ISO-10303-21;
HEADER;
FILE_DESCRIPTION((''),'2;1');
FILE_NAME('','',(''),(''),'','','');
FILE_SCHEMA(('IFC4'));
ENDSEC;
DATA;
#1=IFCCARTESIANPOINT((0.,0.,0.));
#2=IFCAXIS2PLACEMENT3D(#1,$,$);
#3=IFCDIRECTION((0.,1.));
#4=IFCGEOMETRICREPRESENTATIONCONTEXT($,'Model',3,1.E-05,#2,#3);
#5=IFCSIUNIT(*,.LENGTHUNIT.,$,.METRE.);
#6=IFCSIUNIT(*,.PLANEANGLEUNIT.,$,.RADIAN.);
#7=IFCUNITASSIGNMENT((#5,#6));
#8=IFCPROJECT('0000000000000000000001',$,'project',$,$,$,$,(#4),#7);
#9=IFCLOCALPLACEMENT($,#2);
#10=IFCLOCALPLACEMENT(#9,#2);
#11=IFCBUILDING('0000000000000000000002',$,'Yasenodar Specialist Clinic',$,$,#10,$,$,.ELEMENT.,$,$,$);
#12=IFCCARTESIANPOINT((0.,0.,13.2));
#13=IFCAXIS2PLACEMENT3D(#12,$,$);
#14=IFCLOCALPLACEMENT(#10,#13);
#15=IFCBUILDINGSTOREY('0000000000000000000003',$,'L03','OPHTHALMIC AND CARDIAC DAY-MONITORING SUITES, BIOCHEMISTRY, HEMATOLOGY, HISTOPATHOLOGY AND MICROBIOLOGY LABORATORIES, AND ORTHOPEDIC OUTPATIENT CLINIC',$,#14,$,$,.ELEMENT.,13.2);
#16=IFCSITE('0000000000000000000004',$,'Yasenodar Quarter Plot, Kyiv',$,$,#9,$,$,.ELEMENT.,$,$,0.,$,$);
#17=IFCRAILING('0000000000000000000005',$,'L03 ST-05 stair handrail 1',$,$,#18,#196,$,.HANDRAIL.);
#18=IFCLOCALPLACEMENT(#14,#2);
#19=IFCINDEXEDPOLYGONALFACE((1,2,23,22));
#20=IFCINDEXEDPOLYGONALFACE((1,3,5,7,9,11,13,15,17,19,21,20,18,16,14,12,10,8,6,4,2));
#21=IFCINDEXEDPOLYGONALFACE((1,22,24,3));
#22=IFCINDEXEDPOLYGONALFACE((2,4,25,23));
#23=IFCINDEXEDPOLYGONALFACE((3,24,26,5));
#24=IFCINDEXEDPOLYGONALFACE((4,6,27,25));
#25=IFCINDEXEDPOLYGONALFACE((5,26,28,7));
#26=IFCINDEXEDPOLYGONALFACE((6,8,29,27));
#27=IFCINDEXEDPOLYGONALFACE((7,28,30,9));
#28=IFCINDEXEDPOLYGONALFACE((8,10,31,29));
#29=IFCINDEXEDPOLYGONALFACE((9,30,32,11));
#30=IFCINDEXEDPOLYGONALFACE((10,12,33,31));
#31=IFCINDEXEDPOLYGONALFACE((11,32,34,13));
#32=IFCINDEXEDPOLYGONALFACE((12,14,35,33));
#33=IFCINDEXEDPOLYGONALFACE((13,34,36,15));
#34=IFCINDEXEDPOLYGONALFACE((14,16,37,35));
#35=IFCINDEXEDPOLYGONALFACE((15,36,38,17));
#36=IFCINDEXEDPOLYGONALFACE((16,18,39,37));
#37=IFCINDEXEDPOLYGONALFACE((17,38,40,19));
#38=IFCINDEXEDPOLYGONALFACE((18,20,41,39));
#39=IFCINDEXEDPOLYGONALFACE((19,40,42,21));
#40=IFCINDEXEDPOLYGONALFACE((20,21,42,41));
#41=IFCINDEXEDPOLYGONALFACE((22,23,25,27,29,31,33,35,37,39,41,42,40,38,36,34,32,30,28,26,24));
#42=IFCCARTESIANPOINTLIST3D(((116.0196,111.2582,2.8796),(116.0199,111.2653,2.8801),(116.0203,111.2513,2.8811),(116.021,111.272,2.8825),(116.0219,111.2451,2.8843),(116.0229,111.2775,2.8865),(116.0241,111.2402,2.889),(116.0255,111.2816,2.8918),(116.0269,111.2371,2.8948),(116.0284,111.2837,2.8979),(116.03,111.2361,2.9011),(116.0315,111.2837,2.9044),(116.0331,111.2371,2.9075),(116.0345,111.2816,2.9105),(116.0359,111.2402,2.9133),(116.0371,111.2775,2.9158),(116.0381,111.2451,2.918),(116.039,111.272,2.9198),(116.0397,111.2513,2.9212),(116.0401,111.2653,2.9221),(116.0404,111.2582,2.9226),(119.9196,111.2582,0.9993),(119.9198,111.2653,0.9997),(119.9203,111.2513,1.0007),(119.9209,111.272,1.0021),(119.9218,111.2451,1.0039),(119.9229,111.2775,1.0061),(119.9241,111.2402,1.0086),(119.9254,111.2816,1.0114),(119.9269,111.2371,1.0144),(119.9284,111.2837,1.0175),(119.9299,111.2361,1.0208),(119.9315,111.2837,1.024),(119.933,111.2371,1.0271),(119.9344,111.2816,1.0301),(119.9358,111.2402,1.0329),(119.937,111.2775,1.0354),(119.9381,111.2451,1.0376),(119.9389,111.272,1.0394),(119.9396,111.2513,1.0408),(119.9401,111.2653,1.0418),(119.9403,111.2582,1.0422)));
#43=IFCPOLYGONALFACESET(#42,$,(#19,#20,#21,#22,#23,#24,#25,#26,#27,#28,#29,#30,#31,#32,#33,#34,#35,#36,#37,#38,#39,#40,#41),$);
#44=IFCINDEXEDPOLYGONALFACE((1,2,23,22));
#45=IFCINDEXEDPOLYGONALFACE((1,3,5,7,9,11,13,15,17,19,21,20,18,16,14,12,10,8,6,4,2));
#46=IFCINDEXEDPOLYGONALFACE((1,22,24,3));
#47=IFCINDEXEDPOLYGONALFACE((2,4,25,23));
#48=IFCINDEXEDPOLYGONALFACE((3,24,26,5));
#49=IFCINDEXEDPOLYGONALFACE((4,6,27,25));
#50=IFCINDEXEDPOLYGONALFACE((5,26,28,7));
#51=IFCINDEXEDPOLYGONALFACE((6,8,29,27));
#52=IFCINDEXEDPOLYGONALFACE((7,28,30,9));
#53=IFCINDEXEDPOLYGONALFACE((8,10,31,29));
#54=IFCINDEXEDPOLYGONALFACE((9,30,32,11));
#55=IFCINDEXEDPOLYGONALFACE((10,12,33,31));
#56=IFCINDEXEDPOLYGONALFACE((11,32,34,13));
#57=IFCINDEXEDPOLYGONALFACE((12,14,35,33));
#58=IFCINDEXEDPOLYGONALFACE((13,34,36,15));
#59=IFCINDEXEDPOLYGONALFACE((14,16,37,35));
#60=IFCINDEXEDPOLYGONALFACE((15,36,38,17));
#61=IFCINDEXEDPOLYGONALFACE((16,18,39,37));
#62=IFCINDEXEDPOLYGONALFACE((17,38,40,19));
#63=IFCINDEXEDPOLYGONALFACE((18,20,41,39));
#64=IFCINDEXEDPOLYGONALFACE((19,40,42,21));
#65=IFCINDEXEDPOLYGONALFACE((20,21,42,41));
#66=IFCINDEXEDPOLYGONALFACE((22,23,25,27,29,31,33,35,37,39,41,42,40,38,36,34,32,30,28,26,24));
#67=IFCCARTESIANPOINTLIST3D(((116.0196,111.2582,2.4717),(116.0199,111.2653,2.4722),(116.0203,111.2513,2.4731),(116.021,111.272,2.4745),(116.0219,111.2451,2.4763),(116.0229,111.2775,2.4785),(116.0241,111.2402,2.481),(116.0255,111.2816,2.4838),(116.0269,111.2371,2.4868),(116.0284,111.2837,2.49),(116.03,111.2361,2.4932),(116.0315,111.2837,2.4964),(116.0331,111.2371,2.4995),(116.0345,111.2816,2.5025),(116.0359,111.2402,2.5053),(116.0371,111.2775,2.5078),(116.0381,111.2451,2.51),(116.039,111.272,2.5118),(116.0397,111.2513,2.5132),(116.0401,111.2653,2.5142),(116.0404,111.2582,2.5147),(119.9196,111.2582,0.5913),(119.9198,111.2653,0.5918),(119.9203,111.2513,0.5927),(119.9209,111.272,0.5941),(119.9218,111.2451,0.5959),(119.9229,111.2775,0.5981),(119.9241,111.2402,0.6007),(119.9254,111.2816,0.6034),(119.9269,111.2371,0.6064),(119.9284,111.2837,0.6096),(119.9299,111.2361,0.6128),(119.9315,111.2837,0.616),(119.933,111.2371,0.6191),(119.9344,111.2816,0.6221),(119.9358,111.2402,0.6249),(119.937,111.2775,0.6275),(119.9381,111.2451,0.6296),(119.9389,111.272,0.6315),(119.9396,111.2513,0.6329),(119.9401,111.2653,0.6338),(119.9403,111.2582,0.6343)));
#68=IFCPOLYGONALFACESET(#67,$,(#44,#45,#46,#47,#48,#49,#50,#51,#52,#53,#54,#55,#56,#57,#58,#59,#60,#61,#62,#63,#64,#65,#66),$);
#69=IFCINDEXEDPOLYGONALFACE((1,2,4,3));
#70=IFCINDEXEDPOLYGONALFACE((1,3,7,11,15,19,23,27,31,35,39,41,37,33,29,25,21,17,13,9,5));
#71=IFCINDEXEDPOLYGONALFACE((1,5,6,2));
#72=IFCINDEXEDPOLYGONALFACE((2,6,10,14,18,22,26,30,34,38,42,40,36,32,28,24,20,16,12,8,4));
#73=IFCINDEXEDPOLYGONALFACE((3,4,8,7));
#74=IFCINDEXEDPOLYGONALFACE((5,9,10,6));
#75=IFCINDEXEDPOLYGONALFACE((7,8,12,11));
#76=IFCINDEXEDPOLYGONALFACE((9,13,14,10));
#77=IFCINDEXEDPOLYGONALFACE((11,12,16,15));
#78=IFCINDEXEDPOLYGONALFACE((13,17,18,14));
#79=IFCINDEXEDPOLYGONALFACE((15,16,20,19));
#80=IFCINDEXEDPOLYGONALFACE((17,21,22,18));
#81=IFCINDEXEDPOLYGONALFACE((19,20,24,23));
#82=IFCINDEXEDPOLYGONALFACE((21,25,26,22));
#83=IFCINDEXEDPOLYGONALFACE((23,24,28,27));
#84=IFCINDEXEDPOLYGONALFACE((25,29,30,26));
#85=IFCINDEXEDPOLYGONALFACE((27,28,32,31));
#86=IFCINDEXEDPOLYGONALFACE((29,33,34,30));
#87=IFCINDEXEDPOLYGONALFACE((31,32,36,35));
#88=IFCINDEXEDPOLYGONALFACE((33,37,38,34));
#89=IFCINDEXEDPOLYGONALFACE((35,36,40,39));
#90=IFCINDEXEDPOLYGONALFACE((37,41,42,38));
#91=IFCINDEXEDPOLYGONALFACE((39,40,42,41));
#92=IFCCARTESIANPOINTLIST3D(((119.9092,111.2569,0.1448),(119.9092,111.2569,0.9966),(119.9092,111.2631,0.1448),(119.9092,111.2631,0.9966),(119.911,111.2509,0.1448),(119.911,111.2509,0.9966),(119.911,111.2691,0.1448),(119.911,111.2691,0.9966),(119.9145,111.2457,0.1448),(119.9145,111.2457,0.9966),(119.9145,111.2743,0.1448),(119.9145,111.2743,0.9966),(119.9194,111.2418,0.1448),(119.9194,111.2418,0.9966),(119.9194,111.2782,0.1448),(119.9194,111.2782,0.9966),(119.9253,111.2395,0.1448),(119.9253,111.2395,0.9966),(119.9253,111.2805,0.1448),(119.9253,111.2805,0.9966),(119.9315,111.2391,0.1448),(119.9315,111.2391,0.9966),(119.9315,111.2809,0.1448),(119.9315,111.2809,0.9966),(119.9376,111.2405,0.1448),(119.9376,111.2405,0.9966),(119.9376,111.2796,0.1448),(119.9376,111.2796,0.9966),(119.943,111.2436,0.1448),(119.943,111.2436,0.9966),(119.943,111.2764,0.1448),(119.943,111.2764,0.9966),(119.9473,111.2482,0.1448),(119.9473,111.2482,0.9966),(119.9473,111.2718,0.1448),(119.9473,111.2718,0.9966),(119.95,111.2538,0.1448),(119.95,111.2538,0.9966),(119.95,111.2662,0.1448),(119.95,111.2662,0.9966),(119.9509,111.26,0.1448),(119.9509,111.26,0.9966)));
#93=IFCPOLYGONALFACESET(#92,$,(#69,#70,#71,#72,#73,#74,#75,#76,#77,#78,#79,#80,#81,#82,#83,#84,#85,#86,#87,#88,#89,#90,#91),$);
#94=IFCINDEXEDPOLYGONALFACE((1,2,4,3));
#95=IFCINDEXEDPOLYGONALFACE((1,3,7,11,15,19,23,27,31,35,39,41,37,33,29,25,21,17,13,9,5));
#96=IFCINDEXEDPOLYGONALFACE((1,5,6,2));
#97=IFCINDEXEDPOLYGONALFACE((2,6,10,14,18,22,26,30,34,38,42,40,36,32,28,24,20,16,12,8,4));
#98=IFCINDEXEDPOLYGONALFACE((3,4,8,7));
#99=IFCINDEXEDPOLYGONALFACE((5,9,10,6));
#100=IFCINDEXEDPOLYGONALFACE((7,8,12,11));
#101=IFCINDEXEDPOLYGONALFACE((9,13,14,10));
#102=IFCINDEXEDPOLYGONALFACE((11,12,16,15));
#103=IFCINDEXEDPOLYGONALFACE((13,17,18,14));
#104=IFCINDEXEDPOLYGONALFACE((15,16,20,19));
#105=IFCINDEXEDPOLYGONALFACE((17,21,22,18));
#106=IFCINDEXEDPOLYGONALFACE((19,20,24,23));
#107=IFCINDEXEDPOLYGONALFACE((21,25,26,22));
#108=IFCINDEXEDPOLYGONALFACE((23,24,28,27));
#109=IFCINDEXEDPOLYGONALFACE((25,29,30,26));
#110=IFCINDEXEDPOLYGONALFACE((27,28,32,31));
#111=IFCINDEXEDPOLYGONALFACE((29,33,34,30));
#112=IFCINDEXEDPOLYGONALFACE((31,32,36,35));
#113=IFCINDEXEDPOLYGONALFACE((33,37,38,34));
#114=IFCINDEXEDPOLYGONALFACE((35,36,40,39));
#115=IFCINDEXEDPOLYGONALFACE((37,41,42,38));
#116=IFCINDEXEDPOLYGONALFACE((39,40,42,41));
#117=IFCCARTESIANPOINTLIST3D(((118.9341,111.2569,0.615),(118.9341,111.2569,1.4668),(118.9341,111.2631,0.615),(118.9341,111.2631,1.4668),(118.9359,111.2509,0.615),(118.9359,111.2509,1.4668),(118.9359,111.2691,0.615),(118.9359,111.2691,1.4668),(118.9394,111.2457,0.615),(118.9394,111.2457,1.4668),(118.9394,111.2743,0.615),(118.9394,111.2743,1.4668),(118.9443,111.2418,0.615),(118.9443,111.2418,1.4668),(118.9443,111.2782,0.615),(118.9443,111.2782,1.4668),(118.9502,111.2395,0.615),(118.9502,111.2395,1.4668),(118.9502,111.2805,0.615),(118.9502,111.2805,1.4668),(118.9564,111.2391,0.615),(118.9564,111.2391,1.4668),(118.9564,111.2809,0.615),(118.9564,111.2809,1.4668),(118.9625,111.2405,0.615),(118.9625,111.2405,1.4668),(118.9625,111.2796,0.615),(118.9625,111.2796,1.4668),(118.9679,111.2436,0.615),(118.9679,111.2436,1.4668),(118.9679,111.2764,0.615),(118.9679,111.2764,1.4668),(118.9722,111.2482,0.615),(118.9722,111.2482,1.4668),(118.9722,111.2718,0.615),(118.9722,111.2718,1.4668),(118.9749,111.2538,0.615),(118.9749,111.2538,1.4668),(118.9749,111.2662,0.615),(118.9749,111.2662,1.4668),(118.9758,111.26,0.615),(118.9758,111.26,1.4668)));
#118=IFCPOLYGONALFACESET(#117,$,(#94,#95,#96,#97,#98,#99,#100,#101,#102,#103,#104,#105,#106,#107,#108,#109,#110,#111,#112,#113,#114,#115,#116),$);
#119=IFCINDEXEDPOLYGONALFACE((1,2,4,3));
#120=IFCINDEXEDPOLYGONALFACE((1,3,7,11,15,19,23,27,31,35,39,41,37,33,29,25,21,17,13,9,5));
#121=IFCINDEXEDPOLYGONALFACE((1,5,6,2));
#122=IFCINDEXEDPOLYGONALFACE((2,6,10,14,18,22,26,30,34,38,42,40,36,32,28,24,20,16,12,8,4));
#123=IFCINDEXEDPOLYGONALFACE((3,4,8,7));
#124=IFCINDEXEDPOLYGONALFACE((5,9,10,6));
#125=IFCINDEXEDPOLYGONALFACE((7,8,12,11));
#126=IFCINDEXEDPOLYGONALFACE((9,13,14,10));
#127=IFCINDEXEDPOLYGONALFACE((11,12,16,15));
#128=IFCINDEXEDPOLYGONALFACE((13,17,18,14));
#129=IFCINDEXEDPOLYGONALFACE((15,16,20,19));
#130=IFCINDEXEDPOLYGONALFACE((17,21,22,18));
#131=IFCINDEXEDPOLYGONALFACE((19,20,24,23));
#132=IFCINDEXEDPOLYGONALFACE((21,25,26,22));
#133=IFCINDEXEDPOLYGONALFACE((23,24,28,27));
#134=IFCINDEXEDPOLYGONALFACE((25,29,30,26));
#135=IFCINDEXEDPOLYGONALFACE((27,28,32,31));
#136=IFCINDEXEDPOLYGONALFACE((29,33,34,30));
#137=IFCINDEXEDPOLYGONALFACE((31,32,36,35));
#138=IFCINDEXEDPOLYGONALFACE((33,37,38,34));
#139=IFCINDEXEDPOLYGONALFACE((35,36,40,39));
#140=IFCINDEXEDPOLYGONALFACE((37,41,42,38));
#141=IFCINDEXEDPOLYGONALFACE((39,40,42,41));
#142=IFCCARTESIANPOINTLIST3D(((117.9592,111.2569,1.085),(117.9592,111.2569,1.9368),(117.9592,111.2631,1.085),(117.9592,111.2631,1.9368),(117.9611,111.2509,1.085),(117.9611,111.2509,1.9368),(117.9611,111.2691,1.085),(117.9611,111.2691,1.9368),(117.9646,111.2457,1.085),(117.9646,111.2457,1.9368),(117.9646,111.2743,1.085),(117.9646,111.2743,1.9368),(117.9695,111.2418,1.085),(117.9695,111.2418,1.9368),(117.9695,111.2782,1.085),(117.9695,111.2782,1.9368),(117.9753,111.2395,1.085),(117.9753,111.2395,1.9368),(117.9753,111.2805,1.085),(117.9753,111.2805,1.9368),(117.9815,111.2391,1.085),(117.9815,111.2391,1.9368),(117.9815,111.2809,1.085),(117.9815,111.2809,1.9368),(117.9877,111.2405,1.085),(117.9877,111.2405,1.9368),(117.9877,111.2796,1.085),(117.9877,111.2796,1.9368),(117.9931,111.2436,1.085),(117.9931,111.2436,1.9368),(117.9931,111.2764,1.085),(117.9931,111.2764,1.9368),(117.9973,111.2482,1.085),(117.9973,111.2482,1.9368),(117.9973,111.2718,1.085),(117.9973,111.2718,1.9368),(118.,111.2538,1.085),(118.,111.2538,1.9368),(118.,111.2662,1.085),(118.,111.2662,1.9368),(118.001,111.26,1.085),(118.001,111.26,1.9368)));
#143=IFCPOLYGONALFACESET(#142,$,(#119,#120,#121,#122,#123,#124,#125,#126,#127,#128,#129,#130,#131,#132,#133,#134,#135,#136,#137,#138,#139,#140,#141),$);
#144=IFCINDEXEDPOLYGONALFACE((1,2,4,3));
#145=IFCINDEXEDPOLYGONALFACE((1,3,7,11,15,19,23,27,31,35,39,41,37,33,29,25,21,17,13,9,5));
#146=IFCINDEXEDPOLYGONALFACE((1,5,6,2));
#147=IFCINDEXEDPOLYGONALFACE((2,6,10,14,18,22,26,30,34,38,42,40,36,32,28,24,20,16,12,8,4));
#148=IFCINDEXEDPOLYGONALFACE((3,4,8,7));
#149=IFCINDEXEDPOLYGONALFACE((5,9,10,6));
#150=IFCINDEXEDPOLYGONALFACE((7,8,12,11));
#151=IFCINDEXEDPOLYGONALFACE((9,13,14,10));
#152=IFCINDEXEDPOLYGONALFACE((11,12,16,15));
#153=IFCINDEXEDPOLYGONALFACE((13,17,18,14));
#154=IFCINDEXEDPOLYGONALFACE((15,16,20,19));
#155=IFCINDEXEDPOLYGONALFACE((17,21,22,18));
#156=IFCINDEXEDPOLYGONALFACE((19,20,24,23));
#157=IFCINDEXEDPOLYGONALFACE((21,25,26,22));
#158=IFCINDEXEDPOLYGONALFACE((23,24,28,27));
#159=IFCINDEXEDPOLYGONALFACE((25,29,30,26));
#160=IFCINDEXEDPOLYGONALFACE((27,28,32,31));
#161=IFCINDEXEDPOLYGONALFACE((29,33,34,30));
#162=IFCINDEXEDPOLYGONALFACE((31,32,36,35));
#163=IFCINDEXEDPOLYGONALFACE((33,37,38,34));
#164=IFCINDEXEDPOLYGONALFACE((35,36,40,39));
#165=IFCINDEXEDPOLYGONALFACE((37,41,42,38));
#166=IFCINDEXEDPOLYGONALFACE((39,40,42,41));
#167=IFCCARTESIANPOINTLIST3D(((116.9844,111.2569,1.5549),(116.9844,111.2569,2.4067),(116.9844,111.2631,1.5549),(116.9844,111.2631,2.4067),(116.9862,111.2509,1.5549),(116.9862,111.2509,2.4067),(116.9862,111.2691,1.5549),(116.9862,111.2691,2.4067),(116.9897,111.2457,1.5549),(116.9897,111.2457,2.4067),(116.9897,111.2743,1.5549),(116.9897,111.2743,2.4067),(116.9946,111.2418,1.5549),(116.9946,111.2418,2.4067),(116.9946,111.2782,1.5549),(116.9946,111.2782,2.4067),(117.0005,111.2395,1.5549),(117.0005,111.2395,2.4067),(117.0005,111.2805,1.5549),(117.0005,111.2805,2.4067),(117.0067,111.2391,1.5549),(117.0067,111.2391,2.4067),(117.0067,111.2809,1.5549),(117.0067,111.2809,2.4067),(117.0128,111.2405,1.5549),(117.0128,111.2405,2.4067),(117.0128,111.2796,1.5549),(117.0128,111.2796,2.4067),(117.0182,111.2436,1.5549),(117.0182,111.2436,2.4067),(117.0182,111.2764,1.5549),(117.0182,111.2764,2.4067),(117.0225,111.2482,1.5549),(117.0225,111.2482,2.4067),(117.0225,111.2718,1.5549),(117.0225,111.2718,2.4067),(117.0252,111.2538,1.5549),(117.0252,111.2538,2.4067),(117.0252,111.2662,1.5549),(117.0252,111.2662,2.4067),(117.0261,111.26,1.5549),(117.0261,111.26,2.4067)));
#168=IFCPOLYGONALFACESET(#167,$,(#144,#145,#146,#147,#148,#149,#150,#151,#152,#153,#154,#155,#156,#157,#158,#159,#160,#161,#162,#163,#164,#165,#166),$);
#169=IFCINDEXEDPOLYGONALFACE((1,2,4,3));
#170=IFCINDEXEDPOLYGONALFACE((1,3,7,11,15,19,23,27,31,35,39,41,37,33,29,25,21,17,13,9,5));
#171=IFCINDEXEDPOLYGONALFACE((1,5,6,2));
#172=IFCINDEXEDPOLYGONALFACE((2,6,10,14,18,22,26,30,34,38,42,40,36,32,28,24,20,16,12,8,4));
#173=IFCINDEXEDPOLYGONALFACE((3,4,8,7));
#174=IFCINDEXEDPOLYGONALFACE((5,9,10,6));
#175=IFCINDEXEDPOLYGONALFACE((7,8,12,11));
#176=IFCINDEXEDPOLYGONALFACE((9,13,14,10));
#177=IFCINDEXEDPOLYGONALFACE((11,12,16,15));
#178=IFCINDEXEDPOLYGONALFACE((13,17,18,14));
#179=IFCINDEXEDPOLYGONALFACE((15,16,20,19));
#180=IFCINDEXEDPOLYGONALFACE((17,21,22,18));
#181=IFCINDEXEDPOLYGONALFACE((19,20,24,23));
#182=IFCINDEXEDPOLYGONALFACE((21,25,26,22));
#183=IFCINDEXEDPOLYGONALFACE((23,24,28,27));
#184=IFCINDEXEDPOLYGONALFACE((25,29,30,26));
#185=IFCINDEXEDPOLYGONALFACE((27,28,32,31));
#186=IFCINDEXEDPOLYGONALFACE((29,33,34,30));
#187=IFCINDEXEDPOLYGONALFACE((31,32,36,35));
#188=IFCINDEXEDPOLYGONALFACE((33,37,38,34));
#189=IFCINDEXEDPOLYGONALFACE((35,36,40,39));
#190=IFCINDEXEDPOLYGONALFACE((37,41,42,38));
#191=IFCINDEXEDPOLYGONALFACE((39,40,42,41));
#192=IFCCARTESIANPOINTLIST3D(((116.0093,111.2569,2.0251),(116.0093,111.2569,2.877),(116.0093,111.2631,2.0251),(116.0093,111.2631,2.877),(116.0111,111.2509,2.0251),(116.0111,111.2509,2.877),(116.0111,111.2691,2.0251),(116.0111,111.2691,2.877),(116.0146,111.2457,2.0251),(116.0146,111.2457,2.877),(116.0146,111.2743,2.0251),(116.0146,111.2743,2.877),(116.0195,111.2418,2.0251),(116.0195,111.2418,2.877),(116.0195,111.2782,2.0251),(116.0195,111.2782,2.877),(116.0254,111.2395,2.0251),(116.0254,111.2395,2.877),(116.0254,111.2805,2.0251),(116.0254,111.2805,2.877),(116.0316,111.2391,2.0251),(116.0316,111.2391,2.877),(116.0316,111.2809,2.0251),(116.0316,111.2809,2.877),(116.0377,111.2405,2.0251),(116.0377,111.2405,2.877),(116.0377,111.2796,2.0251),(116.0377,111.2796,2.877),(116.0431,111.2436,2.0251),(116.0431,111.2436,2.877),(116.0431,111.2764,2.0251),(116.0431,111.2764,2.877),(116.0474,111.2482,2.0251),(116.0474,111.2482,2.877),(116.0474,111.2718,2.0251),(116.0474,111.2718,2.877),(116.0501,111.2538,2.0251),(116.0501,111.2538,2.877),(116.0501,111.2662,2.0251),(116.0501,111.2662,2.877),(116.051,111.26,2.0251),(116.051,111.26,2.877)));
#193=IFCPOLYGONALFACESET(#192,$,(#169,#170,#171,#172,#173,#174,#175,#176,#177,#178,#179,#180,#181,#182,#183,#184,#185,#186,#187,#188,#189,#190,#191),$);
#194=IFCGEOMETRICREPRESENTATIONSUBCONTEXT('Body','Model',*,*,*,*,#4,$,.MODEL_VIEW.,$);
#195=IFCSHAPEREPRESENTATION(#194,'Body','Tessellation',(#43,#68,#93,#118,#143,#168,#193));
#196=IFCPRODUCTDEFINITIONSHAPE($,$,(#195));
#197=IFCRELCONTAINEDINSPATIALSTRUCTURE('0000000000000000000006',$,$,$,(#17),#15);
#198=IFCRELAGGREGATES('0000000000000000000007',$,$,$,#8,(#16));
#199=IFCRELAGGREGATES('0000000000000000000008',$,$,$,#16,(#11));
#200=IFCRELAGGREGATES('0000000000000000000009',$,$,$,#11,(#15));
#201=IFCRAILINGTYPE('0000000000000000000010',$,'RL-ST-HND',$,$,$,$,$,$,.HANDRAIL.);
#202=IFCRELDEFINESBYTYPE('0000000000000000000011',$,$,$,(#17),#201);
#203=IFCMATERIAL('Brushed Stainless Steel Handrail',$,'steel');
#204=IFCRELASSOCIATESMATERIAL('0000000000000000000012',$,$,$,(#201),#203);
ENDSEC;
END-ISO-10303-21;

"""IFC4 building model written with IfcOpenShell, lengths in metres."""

from ifc_helpers import new_model, si_unit, direction, frame, origin, origin_2d, place, context, subcontext, project, spatial, circle, extrude, material, type_object, element, save


model = new_model("IFC4")

# Units and contexts
model_context = context("Model", 3, precision=1e-05, world=origin(), true_north=direction((0.0, 1.0)))
body_context = subcontext(model_context, "Body", "Model", "MODEL_VIEW")
ifc_project = project(units=[si_unit("LENGTHUNIT", "METRE"), si_unit("PLANEANGLEUNIT", "RADIAN")], contexts=[model_context])

# Site, building, storey
site_placement = place(None, origin())
site = spatial("IfcSite", under=ifc_project, at=site_placement, Name="Yasenodar Quarter Plot, Kyiv", CompositionType="ELEMENT", RefElevation=0.0)
building_placement = place(site_placement, origin())
building = spatial("IfcBuilding", under=site, at=building_placement, Name="Yasenodar Specialist Clinic", CompositionType="ELEMENT")
storey_placement = place(building_placement, frame((0.0, 0.0, 13.2)))
storey = spatial("IfcBuildingStorey", under=building, at=storey_placement, Name="L03", Description="OPHTHALMIC AND CARDIAC DAY-MONITORING SUITES, BIOCHEMISTRY, HEMATOLOGY, HISTOPATHOLOGY AND MICROBIOLOGY LABORATORIES, AND ORTHOPEDIC OUTPATIENT CLINIC", CompositionType="ELEMENT", Elevation=13.2)

# Railing
ifc_material_1 = material(Name="Brushed Stainless Steel Handrail", Category="steel")
railing_type_1 = type_object("IfcRailingType", Name="RL-ST-HND", PredefinedType="HANDRAIL", material=ifc_material_1)
railing_1_placement = place(storey_placement, frame((119.9299, 111.26, 0.1448)))
element("IfcRailing", 1, at=railing_1_placement, inside=storey, type_object=railing_type_1, Name="L03 ST-05 stair handrail 1", PredefinedType="HANDRAIL", context=body_context, shape_type="SweptSolid", body=[
    extrude(circle(Radius=0.0239, at=origin_2d()), frame((0.0, 0.0, 0.876), z_axis=(-0.900763, 0.0, 0.434311), x_axis=(0.0, -1.0, 0.0)), (0.0, 0.0, 1.0), 4.3296),
    extrude(circle(Radius=0.0239, at=origin_2d()), frame((0.0, 0.0, 0.468), z_axis=(-0.900763, 0.0, 0.434311), x_axis=(0.0, -1.0, 0.0)), (0.0, 0.0, 1.0), 4.3296),
    extrude(circle(Radius=0.021, at=origin_2d()), origin(), (0.0, 0.0, 1.0), 0.8518),
    extrude(circle(Radius=0.021, at=origin_2d()), frame((-0.9751, 0.0, 0.4702)), (0.0, 0.0, 1.0), 0.8518),
    extrude(circle(Radius=0.021, at=origin_2d()), frame((-1.95, 0.0, 0.9402)), (0.0, 0.0, 1.0), 0.8518),
    extrude(circle(Radius=0.021, at=origin_2d()), frame((-2.9248, 0.0, 1.4102)), (0.0, 0.0, 1.0), 0.8518),
    extrude(circle(Radius=0.021, at=origin_2d()), frame((-3.8999, 0.0, 1.8804)), (0.0, 0.0, 1.0), 0.8518),
])

save(model, "model.ifc")
